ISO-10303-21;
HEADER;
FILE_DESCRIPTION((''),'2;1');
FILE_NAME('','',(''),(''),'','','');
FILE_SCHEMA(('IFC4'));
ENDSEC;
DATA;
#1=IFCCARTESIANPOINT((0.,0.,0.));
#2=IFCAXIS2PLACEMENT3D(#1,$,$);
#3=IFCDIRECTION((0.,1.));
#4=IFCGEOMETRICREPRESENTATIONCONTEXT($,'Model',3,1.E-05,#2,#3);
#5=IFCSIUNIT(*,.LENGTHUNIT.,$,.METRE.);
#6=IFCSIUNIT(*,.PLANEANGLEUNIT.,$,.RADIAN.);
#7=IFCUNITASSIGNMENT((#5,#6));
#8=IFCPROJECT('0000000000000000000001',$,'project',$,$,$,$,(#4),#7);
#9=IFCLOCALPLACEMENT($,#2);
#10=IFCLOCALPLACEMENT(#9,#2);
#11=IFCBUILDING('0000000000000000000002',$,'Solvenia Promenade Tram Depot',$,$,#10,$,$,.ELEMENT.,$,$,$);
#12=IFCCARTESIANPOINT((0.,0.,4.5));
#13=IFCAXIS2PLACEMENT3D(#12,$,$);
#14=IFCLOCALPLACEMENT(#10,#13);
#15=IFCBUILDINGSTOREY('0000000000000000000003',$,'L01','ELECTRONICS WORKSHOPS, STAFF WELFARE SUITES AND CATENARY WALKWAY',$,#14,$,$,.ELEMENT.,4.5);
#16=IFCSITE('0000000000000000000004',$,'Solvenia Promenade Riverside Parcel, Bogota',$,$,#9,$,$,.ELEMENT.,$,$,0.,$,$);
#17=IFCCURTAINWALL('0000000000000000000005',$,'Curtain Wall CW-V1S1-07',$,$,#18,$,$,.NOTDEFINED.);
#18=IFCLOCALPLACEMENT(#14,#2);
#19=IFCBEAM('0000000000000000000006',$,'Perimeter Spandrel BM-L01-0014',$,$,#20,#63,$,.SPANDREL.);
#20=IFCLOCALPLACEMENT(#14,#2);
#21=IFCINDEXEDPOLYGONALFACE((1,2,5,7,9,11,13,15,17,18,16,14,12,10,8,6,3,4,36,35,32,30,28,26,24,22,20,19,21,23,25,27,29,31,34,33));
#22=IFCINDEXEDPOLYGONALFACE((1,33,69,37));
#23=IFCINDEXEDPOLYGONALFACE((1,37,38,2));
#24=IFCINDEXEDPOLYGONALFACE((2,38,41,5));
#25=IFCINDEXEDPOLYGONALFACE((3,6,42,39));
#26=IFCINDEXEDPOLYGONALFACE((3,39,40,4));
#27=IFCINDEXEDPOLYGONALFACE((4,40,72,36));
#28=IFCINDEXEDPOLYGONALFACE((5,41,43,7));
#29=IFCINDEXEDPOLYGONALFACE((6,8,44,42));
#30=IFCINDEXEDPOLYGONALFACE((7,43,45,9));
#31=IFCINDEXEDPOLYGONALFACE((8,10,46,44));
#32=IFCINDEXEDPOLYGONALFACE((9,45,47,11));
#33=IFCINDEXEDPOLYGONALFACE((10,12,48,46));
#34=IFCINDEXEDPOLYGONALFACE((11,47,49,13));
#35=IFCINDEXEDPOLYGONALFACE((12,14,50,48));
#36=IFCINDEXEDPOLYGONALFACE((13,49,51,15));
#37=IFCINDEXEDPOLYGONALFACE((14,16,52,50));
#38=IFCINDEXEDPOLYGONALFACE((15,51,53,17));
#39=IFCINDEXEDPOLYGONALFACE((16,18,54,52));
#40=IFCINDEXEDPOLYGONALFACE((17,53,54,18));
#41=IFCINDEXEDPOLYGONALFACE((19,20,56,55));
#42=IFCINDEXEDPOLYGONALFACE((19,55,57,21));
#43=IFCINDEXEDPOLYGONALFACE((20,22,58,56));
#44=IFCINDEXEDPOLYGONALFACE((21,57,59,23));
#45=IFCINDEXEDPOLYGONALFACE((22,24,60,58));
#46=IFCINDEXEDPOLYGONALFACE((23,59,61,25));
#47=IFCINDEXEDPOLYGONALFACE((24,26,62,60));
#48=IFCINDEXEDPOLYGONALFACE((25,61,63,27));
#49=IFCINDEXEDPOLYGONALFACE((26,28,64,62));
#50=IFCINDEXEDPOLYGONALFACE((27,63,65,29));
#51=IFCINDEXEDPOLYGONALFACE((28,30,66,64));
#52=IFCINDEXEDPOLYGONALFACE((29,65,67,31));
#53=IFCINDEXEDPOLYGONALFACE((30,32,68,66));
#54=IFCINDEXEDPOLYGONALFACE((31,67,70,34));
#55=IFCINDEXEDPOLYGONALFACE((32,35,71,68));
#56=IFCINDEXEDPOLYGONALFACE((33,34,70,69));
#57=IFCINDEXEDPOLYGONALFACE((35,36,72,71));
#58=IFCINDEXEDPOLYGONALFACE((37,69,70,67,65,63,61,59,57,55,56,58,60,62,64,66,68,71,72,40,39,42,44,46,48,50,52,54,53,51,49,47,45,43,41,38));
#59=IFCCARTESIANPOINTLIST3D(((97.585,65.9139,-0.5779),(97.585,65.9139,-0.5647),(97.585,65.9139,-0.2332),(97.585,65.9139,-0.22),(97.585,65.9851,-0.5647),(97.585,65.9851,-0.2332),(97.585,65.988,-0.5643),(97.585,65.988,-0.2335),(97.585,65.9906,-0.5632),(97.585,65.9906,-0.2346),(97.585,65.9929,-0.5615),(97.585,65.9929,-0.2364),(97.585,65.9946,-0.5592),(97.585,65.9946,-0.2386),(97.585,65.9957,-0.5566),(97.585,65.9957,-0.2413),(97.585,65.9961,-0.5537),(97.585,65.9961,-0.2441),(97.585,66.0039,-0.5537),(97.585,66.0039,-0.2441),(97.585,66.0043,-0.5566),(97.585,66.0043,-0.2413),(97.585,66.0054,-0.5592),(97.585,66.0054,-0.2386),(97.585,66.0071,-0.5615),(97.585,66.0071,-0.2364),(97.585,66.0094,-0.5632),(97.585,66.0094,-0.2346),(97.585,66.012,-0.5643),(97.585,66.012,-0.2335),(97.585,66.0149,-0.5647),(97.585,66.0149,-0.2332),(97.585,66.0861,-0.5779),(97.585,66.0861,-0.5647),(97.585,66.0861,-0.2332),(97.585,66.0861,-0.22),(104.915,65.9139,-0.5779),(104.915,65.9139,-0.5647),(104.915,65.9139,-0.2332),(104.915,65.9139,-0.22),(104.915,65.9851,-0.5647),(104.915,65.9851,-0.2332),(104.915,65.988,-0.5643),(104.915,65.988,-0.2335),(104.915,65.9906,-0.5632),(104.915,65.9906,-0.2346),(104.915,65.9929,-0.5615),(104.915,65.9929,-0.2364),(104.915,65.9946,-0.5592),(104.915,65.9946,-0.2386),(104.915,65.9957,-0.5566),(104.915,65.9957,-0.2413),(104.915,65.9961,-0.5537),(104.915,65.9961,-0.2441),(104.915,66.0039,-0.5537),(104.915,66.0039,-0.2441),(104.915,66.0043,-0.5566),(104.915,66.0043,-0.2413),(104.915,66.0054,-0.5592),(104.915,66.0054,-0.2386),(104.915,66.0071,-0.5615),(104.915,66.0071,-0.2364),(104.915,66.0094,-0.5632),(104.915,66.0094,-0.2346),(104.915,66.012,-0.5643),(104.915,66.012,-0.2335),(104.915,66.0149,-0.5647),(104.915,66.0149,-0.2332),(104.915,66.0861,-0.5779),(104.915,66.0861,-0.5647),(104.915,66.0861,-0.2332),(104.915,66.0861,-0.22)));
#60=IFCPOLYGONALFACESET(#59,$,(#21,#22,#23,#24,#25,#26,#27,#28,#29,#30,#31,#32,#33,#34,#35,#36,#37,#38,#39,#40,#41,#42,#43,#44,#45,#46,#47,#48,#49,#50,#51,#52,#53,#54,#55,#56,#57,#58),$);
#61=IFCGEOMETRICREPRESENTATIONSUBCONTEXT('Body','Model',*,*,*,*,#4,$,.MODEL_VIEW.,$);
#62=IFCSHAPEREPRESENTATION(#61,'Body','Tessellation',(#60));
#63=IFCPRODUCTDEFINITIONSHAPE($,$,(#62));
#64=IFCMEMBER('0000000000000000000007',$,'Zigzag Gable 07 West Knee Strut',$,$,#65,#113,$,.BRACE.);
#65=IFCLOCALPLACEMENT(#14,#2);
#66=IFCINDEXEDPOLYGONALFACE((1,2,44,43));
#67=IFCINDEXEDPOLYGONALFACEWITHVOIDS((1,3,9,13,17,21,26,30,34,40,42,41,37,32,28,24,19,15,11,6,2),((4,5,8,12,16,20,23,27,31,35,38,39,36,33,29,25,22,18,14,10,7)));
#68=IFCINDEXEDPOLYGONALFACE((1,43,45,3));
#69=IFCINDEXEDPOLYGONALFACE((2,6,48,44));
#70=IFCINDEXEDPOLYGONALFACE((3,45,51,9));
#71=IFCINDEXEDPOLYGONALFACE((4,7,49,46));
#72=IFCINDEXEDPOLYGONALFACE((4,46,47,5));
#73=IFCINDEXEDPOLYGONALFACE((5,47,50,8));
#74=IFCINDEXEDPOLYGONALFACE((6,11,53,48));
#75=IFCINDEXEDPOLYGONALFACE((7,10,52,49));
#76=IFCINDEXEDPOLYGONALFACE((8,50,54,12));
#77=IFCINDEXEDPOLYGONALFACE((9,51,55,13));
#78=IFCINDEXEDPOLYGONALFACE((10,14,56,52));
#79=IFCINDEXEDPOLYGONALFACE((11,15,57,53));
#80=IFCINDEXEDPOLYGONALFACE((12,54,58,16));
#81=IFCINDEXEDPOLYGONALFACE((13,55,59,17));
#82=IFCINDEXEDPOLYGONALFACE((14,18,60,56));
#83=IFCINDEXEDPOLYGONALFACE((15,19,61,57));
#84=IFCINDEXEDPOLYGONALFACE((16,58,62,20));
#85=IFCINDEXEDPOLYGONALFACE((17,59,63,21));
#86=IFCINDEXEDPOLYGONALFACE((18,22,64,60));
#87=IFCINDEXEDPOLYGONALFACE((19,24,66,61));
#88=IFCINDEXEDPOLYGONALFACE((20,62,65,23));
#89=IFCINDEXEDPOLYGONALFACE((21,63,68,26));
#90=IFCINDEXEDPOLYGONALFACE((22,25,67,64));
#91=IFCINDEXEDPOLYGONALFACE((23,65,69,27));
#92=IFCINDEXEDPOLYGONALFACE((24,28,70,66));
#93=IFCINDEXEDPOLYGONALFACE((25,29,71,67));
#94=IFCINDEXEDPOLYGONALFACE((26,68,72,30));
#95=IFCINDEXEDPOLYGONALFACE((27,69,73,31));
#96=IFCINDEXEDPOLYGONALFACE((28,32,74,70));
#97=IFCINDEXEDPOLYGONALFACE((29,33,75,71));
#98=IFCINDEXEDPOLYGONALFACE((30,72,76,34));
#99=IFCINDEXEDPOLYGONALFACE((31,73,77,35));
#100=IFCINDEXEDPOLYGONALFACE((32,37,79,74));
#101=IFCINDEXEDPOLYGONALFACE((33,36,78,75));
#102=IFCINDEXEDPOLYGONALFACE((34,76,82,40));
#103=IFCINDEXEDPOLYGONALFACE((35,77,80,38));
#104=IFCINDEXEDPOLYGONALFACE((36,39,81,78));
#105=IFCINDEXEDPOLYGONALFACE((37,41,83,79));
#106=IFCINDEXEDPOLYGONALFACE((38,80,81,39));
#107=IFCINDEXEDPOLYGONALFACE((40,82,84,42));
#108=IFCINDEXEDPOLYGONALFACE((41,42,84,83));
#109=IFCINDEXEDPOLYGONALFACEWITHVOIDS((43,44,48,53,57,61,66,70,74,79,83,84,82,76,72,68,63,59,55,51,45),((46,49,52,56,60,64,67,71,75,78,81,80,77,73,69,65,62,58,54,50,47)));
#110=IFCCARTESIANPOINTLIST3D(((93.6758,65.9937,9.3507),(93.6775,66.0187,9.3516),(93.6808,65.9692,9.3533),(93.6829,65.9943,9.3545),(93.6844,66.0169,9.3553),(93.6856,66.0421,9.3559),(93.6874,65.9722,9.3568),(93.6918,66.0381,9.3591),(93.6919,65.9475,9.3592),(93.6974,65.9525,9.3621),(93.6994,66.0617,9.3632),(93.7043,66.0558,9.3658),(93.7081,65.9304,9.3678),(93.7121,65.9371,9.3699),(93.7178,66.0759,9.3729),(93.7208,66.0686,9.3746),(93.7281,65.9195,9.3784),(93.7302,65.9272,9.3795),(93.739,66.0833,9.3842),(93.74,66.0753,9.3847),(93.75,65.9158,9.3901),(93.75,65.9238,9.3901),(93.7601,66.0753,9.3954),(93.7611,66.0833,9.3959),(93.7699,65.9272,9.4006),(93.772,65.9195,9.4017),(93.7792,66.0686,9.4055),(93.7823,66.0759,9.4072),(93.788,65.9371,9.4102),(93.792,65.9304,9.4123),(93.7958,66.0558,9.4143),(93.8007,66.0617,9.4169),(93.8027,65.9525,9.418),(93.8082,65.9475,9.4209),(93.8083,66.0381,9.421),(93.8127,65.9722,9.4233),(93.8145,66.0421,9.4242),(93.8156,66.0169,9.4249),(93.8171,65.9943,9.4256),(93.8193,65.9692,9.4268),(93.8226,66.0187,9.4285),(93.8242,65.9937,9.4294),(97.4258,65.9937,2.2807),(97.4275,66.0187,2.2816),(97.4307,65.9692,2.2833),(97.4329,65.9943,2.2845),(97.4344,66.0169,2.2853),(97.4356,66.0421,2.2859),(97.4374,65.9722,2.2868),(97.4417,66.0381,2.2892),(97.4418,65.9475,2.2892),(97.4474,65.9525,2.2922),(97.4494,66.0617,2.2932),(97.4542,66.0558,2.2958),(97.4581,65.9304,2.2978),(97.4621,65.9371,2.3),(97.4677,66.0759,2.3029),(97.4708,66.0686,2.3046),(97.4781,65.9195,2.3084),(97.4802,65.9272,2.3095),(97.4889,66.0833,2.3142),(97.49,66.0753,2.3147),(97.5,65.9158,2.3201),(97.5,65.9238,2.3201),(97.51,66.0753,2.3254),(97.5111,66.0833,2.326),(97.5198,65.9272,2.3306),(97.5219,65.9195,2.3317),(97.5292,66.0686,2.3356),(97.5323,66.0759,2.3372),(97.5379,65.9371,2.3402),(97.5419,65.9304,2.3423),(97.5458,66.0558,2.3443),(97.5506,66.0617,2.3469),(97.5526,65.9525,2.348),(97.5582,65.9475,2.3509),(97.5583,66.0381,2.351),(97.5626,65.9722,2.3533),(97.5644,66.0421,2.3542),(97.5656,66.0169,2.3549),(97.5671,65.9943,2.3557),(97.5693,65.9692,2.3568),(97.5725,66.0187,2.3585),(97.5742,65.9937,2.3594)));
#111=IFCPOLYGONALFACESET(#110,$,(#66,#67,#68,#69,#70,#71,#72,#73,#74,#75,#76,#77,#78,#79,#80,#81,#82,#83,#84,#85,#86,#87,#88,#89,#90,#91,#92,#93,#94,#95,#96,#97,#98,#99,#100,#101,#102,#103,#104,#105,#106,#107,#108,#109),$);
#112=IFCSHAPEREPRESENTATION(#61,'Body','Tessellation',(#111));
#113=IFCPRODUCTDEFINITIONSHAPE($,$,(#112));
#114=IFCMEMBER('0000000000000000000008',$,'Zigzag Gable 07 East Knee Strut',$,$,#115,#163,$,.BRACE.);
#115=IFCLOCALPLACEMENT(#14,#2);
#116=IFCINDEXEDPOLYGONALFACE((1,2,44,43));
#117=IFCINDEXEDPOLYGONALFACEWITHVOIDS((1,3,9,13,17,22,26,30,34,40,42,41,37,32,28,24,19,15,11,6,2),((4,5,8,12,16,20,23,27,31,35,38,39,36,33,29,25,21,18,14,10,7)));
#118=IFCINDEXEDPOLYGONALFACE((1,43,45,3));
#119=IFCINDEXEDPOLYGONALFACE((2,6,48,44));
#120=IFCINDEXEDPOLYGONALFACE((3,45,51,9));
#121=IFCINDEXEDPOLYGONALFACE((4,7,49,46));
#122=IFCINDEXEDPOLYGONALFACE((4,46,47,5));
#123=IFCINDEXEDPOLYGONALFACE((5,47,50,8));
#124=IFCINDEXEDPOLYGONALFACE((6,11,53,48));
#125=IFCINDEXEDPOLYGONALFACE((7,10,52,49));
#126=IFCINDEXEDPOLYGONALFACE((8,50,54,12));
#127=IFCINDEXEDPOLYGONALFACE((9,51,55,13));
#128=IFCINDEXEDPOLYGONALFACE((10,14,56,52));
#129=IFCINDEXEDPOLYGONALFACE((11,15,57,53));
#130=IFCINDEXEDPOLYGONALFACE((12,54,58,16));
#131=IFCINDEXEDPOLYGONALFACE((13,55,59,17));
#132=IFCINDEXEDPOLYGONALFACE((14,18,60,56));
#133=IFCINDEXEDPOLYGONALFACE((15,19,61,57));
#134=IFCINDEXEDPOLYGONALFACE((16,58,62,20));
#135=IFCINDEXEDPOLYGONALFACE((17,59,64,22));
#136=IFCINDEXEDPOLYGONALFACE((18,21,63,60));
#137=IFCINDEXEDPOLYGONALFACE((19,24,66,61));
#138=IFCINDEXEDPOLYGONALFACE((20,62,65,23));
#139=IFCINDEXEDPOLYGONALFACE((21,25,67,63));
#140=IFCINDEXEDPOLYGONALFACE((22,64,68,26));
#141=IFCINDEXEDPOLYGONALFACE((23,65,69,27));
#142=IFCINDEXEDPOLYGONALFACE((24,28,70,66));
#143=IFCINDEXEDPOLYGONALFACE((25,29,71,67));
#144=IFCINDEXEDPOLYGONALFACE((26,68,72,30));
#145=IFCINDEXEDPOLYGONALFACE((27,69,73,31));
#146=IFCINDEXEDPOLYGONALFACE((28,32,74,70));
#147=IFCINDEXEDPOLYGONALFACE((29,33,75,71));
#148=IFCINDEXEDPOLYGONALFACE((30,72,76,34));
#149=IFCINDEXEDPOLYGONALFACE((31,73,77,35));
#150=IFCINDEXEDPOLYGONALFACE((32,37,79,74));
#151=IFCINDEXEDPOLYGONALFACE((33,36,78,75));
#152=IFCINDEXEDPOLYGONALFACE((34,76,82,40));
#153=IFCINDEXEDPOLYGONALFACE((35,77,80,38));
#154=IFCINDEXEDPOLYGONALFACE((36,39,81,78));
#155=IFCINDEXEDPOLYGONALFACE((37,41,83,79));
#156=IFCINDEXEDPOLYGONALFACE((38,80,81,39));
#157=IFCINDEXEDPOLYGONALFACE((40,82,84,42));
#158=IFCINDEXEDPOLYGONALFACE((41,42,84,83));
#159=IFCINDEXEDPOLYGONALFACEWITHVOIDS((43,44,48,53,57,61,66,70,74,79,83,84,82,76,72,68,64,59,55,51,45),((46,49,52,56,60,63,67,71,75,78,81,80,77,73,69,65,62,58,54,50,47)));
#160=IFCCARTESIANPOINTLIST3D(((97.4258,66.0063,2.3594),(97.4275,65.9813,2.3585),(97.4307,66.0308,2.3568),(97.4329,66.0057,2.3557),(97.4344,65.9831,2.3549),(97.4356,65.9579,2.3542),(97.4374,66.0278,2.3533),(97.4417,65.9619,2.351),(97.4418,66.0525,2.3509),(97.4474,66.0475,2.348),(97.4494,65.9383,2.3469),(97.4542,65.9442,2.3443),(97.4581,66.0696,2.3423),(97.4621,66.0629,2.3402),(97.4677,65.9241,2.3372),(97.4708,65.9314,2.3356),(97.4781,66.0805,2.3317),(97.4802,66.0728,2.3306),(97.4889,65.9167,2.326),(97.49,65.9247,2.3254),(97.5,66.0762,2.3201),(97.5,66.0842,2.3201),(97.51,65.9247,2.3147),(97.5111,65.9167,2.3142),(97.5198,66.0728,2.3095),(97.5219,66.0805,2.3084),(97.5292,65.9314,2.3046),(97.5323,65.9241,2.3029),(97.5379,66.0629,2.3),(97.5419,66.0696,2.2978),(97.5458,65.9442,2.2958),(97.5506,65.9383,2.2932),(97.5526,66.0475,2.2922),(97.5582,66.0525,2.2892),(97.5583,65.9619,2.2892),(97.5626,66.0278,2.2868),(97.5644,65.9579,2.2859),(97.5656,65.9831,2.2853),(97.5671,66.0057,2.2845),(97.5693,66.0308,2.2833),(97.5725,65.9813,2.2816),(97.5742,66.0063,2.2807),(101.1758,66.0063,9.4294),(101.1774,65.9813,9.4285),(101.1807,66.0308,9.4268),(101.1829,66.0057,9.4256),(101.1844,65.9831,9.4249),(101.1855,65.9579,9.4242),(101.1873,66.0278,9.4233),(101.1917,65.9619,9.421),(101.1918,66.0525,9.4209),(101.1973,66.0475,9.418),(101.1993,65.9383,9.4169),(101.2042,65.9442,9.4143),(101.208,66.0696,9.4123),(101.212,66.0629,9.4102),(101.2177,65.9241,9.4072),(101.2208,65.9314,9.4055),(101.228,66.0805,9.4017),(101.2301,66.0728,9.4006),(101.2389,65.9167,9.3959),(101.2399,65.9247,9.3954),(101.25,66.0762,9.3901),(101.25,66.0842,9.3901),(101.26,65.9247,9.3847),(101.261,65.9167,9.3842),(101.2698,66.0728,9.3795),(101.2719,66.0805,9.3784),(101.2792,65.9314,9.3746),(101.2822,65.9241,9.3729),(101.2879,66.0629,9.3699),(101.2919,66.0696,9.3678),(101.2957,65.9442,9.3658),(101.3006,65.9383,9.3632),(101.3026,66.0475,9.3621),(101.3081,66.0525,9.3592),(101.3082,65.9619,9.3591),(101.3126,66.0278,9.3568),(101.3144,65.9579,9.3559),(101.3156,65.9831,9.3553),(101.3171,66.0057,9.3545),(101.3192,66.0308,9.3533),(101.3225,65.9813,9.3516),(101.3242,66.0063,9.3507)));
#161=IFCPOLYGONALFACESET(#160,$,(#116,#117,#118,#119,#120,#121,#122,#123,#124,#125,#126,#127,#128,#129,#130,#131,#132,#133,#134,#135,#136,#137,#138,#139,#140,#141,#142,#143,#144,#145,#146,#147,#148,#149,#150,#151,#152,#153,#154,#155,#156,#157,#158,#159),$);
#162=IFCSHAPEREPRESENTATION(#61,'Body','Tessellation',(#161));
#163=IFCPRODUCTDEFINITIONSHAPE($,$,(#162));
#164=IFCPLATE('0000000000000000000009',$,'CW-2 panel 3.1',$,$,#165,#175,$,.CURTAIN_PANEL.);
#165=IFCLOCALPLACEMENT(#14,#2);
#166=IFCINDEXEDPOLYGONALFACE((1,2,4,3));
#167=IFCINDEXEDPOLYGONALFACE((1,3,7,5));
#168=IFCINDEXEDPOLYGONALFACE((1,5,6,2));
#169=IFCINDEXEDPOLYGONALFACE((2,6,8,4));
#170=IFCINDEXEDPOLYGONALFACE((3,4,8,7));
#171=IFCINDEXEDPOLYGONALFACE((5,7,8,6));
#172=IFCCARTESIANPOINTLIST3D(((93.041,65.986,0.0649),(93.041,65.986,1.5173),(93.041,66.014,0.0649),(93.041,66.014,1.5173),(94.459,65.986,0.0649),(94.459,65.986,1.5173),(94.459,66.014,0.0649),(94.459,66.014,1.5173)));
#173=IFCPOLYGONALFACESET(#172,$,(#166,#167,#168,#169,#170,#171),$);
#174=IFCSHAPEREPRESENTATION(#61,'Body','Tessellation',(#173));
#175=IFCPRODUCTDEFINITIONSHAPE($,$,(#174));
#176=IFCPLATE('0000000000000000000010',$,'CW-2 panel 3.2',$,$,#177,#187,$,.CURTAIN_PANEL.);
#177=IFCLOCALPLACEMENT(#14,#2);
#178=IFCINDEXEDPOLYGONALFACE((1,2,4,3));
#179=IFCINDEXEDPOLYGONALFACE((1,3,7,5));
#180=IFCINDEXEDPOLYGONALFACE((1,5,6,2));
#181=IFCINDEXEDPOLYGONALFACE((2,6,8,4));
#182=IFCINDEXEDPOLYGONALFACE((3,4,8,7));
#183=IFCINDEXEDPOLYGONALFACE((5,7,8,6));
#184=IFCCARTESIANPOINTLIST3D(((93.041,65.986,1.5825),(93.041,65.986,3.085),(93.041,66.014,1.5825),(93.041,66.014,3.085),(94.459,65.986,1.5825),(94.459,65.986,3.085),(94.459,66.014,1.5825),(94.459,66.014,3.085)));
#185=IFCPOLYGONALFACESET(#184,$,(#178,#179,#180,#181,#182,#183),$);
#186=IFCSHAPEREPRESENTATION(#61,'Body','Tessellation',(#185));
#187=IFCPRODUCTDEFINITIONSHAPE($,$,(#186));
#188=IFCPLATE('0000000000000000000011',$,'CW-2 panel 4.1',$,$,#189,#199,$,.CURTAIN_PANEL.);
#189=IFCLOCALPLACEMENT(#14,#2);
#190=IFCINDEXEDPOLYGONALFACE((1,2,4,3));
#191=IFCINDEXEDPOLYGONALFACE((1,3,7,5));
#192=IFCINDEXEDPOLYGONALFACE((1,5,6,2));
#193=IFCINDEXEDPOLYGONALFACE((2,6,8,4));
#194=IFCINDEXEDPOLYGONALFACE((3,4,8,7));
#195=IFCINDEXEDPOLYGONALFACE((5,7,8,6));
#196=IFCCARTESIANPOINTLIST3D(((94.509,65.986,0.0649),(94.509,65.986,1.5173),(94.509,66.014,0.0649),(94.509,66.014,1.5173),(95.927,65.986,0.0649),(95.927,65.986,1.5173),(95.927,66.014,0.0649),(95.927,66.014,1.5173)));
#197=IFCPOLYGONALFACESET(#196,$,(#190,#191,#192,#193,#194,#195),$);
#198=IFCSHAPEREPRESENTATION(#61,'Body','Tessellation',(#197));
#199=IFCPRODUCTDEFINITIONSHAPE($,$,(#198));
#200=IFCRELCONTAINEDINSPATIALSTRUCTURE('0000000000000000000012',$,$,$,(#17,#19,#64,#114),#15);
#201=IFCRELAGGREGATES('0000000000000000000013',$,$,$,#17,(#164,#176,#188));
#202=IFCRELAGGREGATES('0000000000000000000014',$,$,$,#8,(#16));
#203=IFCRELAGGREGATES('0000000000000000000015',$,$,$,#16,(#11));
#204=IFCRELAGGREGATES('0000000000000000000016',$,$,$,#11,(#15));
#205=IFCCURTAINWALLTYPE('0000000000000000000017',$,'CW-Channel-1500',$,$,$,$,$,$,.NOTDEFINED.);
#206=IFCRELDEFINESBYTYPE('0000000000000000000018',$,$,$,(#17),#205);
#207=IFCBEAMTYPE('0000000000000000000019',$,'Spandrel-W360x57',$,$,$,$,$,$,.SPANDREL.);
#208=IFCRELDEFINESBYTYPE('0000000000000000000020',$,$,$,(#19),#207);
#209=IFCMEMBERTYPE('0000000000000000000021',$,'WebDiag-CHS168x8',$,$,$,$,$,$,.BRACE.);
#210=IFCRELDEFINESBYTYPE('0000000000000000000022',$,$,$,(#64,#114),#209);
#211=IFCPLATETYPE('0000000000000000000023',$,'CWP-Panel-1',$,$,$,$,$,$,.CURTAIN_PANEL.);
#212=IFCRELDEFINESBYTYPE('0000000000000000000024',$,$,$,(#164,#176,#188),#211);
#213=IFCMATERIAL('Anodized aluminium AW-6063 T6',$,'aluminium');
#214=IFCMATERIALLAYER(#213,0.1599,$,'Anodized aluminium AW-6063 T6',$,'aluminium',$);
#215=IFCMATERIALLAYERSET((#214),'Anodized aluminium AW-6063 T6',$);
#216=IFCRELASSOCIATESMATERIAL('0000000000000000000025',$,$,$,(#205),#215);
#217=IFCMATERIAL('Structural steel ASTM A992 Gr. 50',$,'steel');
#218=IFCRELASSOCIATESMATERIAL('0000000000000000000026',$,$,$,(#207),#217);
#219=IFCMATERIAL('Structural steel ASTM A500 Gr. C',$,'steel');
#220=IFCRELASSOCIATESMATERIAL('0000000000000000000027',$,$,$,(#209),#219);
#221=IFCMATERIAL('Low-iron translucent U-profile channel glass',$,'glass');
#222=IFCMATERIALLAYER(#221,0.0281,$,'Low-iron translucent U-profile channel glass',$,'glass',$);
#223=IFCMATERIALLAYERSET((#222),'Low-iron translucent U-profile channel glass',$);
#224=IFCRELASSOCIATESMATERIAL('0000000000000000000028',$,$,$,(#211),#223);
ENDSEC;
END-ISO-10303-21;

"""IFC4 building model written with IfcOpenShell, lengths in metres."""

from ifc_helpers import new_model, si_unit, direction, frame, origin, origin_2d, place, context, subcontext, project, spatial, rectangle, hollow_circle, i_section, extrude, material, layer, layer_set, material_profile, profile_set, type_object, element, aggregate, save


model = new_model("IFC4")

# Units and contexts
model_context = context("Model", 3, precision=1e-05, world=origin(), true_north=direction((0.0, 1.0)))
body_context = subcontext(model_context, "Body", "Model", "MODEL_VIEW")
ifc_project = project(units=[si_unit("LENGTHUNIT", "METRE"), si_unit("PLANEANGLEUNIT", "RADIAN")], contexts=[model_context])

# Site, building, storey
site_placement = place(None, origin())
site = spatial("IfcSite", under=ifc_project, at=site_placement, Name="Solvenia Promenade Riverside Parcel, Bogota", CompositionType="ELEMENT", RefElevation=0.0)
building_placement = place(site_placement, origin())
building = spatial("IfcBuilding", under=site, at=building_placement, Name="Solvenia Promenade Tram Depot", CompositionType="ELEMENT")
storey_placement = place(building_placement, frame((0.0, 0.0, 4.5)))
storey = spatial("IfcBuildingStorey", under=building, at=storey_placement, Name="L01", Description="ELECTRONICS WORKSHOPS, STAFF WELFARE SUITES AND CATENARY WALKWAY", CompositionType="ELEMENT", Elevation=4.5)

# Shared definitions
ifc_material_1 = material(Name="Structural steel ASTM A992 Gr. 50", Category="steel")

# Shared definitions
ifc_material_2 = material(Name="Structural steel ASTM A500 Gr. C", Category="steel")

# Curtain wall
ifc_material_3 = material(Name="Anodized aluminium AW-6063 T6", Category="aluminium")
ifc_layer_1 = layer(ifc_material_3, 0.1599, Name="Anodized aluminium AW-6063 T6", Category="aluminium")
ifc_layer_set_1 = layer_set([ifc_layer_1], Name="Anodized aluminium AW-6063 T6")
curtain_wall_type = type_object("IfcCurtainWallType", Name="CW-Channel-1500", PredefinedType="NOTDEFINED", material=ifc_layer_set_1)
curtain_wall_1_placement = place(storey_placement, origin())
curtain_wall_1 = element("IfcCurtainWall", 1, at=curtain_wall_1_placement, inside=storey, type_object=curtain_wall_type, Name="Curtain Wall CW-V1S1-07", PredefinedType="NOTDEFINED")

# Beam
ifc_material_profile_1 = material_profile(ifc_material_1, i_section(OverallWidth=0.1721, OverallDepth=0.3579, WebThickness=0.0078, FlangeThickness=0.0132, FilletRadius=0.011, at=origin_2d()), Name="W360x57", Category="steel")
ifc_profile_set_1 = profile_set([ifc_material_profile_1], Name="Structural steel ASTM A992 Gr. 50")
beam_type = type_object("IfcBeamType", Name="Spandrel-W360x57", PredefinedType="SPANDREL", material=ifc_profile_set_1)
beam_placement = place(storey_placement, frame((97.585, 66.0, -0.3989), z_axis=(1.0, 0.0, 0.0), x_axis=(0.0, 1.0, 0.0)))
element("IfcBeam", 2, at=beam_placement, inside=storey, type_object=beam_type, Name="Perimeter Spandrel BM-L01-0014", PredefinedType="SPANDREL", context=body_context, shape_type="SweptSolid", body=[
    extrude(i_section(OverallWidth=0.1721, OverallDepth=0.3579, WebThickness=0.0078, FlangeThickness=0.0132, FilletRadius=0.011, at=origin_2d()), origin(), (0.0, 0.0, 1.0), 7.3301),
])

# Members
ifc_material_profile_2 = material_profile(ifc_material_2, hollow_circle(Radius=0.0842, WallThickness=0.0081, at=origin_2d()), Name="CHS168.3x8", Category="steel")
ifc_profile_set_2 = profile_set([ifc_material_profile_2], Name="Structural steel ASTM A500 Gr. C")
member_type_1 = type_object("IfcMemberType", Name="WebDiag-CHS168x8", PredefinedType="BRACE", material=ifc_profile_set_2)
for number, where, z_axis, x_axis, name in (
    (3, (97.5, 66.0, 2.3201), (-0.468573, 0.0, 0.883425), (0.0, -1.0, 0.0), "Zigzag Gable 07 West Knee Strut"),
    (4, (97.5, 66.0, 2.3201), (0.468573, 0.0, 0.883425), (0.0, 1.0, 0.0), "Zigzag Gable 07 East Knee Strut"),
):
    element("IfcMember", number, at=place(storey_placement, frame(where, z_axis=z_axis, x_axis=x_axis)), inside=storey, type_object=member_type_1, Name=name, PredefinedType="BRACE", context=body_context, shape_type="SweptSolid", body=[
        extrude(hollow_circle(Radius=0.0842, WallThickness=0.0081, at=origin_2d()), origin(), (0.0, 0.0, 1.0), 8.0029),
    ])

# Plates
ifc_material_4 = material(Name="Low-iron translucent U-profile channel glass", Category="glass")
ifc_layer_2 = layer(ifc_material_4, 0.0281, Name="Low-iron translucent U-profile channel glass", Category="glass")
ifc_layer_set_2 = layer_set([ifc_layer_2], Name="Low-iron translucent U-profile channel glass")
plate_type_1 = type_object("IfcPlateType", Name="CWP-Panel-1", PredefinedType="CURTAIN_PANEL", material=ifc_layer_set_2)
plate_1_placement = place(storey_placement, frame((93.75, 66.0, 0.0649), z_axis=(0.0, 0.0, 1.0), x_axis=(1.0, 0.0, 0.0)))
plate_1 = element("IfcPlate", 5, at=plate_1_placement, type_object=plate_type_1, Name="CW-2 panel 3.1", PredefinedType="CURTAIN_PANEL", context=body_context, shape_type="SweptSolid", body=[
    extrude(rectangle(XDim=1.418, YDim=0.0281, at=origin_2d()), origin(), (0.0, 0.0, 1.0), 1.4524),
])
plate_2_placement = place(storey_placement, frame((93.75, 66.0, 1.5825), z_axis=(0.0, 0.0, 1.0), x_axis=(1.0, 0.0, 0.0)))
plate_2 = element("IfcPlate", 6, at=plate_2_placement, type_object=plate_type_1, Name="CW-2 panel 3.2", PredefinedType="CURTAIN_PANEL", context=body_context, shape_type="SweptSolid", body=[
    extrude(rectangle(XDim=1.418, YDim=0.0281, at=origin_2d()), origin(), (0.0, 0.0, 1.0), 1.5024),
])
plate_3_placement = place(storey_placement, frame((95.218, 66.0, 0.0649), z_axis=(0.0, 0.0, 1.0), x_axis=(1.0, 0.0, 0.0)))
plate_3 = element("IfcPlate", 7, at=plate_3_placement, type_object=plate_type_1, Name="CW-2 panel 4.1", PredefinedType="CURTAIN_PANEL", context=body_context, shape_type="SweptSolid", body=[
    extrude(rectangle(XDim=1.418, YDim=0.0281, at=origin_2d()), origin(), (0.0, 0.0, 1.0), 1.4524),
])
aggregate(curtain_wall_1, [plate_1, plate_2, plate_3])

save(model, "model.ifc")
